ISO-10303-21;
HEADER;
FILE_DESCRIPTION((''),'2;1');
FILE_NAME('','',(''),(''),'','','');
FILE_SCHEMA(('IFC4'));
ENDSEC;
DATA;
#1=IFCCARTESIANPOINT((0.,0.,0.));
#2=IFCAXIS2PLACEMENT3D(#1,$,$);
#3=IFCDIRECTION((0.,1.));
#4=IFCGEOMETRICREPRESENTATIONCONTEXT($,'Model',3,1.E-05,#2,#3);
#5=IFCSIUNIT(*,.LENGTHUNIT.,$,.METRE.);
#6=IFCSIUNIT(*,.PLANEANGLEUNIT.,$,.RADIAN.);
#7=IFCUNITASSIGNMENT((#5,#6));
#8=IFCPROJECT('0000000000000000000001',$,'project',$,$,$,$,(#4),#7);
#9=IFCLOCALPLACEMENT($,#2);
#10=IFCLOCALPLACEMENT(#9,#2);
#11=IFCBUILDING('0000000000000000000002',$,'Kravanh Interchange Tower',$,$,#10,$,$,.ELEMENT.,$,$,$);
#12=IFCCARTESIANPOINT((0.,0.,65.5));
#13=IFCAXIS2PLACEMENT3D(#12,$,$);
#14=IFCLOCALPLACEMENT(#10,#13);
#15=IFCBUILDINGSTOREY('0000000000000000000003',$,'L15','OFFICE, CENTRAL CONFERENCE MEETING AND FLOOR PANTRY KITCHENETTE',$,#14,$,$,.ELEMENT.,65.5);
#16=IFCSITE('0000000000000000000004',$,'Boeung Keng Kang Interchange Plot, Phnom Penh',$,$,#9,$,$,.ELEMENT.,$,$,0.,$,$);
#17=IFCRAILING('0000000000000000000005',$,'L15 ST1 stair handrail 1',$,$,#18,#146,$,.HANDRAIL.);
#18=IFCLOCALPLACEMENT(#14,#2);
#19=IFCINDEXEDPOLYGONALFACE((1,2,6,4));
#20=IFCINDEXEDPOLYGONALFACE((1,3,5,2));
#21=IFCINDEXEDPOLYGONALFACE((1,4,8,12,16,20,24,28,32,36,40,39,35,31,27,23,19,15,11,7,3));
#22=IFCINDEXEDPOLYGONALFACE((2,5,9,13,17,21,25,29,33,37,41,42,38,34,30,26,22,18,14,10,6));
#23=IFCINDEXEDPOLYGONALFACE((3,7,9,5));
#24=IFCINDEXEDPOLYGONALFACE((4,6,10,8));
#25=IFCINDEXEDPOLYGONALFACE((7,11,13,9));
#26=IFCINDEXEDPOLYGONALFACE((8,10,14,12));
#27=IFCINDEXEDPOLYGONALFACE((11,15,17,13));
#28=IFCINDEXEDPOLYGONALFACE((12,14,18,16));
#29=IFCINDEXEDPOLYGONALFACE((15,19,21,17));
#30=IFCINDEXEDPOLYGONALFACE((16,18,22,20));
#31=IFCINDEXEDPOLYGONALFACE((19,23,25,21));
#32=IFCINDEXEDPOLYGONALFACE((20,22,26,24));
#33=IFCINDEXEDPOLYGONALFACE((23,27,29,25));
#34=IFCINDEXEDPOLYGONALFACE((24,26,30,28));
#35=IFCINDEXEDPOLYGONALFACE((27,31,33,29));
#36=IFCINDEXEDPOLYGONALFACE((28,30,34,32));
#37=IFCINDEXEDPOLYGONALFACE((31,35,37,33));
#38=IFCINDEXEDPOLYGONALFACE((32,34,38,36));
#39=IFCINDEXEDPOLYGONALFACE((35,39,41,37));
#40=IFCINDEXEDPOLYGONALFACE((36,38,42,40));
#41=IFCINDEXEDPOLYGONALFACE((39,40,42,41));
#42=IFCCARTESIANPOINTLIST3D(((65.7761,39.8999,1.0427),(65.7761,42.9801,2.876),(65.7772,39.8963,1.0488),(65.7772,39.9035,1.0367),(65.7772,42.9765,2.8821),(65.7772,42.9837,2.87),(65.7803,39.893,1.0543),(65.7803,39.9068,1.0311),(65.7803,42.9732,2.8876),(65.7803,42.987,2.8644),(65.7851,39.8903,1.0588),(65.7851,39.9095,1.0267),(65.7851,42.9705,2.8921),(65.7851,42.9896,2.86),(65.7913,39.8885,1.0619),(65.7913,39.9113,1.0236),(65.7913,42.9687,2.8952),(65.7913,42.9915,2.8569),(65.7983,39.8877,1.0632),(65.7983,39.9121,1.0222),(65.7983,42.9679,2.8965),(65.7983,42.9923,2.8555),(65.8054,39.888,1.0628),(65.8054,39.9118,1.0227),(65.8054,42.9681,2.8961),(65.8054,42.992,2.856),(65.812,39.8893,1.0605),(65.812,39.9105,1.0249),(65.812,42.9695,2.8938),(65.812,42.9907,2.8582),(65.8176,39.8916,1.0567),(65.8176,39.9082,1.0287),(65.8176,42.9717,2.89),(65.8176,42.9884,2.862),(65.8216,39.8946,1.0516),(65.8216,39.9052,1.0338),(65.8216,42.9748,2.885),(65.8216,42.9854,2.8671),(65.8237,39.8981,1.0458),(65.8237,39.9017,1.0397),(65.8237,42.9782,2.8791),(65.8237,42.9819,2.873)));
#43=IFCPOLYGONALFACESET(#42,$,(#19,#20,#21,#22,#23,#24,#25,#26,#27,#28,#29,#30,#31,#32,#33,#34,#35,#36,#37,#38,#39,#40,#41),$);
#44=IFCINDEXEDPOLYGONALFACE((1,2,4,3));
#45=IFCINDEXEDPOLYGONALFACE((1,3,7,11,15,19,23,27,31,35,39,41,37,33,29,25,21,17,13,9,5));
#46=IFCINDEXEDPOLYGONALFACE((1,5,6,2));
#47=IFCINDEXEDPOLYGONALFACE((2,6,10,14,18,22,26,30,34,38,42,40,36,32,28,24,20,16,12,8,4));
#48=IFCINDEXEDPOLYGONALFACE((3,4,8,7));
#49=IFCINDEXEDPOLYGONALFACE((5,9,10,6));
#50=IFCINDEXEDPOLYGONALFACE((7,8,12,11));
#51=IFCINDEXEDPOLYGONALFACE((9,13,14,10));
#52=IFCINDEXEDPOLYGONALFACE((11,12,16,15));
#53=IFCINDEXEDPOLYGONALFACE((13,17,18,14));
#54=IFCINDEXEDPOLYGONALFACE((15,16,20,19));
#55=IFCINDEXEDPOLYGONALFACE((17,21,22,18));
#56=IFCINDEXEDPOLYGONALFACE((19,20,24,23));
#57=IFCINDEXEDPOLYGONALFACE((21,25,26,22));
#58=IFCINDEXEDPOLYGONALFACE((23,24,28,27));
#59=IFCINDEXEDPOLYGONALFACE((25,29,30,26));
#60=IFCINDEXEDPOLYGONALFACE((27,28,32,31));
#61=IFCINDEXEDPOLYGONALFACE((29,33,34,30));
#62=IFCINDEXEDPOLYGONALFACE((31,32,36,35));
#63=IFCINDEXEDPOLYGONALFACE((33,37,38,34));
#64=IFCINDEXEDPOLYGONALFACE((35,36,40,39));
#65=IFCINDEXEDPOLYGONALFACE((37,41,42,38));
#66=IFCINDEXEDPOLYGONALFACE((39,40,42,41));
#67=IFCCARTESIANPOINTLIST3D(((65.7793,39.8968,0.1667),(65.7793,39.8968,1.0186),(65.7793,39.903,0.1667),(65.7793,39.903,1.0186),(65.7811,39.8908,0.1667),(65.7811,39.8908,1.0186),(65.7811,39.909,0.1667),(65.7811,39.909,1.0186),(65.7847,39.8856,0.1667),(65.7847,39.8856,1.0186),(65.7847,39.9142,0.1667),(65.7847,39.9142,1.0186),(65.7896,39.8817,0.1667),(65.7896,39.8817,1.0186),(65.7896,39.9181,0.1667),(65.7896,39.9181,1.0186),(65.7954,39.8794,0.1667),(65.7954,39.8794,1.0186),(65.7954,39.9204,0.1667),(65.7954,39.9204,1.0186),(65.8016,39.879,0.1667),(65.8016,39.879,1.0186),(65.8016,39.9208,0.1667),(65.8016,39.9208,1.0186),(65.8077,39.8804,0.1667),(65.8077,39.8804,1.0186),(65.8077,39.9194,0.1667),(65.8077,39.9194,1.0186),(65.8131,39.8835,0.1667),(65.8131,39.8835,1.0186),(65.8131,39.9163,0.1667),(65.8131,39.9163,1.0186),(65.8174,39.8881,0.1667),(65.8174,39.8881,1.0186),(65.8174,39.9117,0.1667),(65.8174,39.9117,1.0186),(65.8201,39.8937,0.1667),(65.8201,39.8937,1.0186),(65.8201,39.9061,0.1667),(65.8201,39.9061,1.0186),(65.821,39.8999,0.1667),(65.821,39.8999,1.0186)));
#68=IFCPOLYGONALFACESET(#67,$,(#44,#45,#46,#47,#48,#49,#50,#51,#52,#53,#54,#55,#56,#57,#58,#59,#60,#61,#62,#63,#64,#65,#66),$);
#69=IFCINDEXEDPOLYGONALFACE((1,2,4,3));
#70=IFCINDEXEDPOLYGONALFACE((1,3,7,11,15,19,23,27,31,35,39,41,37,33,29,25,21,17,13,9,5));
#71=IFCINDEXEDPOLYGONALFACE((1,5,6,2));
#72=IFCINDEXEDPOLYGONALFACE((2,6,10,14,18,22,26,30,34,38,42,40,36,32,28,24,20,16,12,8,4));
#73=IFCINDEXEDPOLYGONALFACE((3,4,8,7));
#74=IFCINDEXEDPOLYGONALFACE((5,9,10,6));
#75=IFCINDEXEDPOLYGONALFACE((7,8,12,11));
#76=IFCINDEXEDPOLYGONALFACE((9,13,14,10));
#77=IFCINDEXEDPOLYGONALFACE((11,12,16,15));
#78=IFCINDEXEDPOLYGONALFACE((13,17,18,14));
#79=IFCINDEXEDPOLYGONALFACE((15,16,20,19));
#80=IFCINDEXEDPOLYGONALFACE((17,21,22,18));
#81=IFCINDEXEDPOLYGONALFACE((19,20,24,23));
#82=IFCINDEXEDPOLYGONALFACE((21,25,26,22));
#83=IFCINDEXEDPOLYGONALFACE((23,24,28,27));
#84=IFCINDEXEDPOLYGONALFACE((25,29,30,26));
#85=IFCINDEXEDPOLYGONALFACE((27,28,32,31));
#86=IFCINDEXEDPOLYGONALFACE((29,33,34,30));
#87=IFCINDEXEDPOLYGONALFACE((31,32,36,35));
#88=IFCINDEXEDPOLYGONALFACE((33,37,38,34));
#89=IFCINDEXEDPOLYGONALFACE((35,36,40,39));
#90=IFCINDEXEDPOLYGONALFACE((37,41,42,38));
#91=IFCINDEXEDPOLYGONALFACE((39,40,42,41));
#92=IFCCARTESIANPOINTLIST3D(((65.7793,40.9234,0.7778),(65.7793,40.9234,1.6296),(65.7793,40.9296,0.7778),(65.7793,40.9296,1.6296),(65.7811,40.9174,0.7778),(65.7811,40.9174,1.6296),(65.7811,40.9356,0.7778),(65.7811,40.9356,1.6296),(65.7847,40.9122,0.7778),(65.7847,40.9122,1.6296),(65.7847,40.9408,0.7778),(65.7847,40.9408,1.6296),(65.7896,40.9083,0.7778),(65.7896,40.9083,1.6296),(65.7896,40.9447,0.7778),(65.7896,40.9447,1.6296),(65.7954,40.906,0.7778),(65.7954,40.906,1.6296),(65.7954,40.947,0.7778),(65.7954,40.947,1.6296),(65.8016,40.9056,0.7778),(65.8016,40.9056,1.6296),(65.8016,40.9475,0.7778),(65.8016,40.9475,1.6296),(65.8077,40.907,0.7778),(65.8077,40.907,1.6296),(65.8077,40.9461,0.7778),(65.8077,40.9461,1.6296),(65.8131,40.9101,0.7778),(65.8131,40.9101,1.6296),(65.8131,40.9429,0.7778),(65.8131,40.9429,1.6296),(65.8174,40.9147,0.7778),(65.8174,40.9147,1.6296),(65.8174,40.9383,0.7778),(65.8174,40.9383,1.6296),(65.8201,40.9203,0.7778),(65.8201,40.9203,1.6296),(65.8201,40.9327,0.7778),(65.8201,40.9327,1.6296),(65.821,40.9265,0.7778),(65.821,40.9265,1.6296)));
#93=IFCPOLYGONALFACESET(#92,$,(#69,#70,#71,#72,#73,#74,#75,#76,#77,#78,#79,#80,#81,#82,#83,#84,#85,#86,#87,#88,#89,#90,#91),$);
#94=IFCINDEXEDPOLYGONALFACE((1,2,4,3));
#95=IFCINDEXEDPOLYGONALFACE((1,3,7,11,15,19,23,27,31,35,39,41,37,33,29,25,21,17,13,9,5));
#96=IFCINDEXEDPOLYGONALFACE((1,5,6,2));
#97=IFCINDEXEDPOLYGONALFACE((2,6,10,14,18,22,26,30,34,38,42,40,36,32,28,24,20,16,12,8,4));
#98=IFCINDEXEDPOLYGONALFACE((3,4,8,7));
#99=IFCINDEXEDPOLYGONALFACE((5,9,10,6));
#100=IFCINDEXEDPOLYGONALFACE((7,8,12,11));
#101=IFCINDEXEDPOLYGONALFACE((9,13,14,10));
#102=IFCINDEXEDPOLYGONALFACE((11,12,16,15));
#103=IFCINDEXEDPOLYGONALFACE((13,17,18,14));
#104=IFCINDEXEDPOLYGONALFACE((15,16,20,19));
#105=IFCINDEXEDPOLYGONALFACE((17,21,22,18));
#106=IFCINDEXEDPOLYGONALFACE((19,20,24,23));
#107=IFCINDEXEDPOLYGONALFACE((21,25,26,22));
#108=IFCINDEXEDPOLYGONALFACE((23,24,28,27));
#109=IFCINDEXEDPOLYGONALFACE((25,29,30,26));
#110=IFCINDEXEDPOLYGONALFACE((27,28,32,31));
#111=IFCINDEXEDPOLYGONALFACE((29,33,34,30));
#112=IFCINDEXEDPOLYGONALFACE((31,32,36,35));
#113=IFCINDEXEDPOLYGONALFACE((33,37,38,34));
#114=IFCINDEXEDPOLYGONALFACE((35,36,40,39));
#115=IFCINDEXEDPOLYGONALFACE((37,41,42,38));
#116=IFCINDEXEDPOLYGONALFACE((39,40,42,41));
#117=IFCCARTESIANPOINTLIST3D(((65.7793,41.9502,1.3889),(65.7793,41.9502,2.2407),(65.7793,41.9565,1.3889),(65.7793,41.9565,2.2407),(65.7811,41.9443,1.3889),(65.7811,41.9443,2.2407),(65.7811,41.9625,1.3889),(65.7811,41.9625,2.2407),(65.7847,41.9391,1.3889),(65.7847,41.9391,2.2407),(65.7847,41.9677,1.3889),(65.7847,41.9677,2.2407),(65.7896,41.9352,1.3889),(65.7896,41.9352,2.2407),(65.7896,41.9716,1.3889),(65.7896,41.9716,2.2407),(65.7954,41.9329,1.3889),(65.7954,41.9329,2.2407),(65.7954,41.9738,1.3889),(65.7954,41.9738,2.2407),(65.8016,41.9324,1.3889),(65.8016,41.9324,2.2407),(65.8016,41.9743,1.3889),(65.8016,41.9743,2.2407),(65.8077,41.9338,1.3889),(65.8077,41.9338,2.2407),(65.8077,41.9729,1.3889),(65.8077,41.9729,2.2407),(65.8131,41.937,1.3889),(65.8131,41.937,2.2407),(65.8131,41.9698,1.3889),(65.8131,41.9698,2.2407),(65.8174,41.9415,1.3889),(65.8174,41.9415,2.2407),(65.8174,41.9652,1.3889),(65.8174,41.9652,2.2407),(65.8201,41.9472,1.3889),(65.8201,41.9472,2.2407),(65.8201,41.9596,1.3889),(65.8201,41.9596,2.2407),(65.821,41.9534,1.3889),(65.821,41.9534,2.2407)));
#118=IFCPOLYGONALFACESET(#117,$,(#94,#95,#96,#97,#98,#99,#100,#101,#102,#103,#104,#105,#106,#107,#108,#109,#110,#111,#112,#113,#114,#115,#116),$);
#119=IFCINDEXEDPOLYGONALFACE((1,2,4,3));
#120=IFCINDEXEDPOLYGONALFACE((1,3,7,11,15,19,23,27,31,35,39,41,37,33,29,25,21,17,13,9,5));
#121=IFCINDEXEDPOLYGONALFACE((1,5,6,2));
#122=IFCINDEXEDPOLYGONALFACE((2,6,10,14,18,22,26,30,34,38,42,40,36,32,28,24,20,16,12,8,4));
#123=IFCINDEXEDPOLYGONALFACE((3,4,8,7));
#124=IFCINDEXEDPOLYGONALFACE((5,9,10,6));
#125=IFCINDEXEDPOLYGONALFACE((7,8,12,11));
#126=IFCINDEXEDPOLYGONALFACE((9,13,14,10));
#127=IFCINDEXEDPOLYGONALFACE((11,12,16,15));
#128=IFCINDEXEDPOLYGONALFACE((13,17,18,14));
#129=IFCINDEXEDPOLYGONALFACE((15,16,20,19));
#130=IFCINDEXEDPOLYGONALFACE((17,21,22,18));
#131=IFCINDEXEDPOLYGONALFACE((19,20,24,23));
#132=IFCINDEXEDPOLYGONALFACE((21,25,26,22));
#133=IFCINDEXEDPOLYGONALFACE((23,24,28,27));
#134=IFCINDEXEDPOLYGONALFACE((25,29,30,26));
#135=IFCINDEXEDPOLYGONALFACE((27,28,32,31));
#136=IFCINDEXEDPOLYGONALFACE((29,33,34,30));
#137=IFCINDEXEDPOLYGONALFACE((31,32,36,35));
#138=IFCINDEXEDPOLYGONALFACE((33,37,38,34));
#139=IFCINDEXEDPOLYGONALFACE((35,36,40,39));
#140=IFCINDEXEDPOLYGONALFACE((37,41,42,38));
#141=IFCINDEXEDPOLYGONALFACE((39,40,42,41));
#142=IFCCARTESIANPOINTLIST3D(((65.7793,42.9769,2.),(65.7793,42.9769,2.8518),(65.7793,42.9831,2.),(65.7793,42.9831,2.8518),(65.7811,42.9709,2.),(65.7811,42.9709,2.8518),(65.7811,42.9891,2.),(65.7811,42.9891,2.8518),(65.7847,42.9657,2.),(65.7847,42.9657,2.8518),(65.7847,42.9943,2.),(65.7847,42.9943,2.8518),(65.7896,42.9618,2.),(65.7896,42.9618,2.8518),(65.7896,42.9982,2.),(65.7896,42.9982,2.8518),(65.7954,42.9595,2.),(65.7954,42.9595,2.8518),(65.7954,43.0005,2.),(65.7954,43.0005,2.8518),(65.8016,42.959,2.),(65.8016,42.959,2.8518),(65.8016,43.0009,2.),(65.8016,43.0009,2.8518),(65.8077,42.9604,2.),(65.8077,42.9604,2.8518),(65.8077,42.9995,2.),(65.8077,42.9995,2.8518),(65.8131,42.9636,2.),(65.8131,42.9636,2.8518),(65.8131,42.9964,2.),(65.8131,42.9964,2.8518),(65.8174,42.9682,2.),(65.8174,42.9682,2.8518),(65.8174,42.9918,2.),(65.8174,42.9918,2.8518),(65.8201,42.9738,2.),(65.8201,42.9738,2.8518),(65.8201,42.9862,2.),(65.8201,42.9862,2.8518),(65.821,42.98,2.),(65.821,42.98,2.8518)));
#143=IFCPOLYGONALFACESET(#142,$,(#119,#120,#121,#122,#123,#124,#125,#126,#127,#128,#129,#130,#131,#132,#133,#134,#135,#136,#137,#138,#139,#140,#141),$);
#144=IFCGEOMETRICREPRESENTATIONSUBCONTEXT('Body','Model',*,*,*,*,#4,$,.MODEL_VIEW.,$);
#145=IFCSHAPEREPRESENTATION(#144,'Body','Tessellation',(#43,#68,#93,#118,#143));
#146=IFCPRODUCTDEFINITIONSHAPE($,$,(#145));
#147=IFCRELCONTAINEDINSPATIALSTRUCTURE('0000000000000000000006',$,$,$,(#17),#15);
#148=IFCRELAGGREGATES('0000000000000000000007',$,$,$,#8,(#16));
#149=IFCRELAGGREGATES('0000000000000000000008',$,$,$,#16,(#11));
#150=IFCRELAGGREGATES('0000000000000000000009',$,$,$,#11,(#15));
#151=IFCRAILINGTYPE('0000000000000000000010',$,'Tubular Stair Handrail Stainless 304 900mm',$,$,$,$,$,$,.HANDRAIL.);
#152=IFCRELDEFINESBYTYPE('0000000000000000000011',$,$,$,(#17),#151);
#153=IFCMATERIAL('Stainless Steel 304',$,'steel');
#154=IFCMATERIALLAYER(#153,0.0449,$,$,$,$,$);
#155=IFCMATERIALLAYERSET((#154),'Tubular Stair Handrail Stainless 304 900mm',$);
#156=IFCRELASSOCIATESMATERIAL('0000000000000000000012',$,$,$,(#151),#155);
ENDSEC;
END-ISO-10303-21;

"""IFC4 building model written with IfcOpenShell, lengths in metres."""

from ifc_helpers import new_model, si_unit, direction, frame, origin, origin_2d, place, context, subcontext, project, spatial, circle, extrude, material, layer, layer_set, type_object, element, save


model = new_model("IFC4")

# Units and contexts
model_context = context("Model", 3, precision=1e-05, world=origin(), true_north=direction((0.0, 1.0)))
body_context = subcontext(model_context, "Body", "Model", "MODEL_VIEW")
ifc_project = project(units=[si_unit("LENGTHUNIT", "METRE"), si_unit("PLANEANGLEUNIT", "RADIAN")], contexts=[model_context])

# Site, building, storey
site_placement = place(None, origin())
site = spatial("IfcSite", under=ifc_project, at=site_placement, Name="Boeung Keng Kang Interchange Plot, Phnom Penh", CompositionType="ELEMENT", RefElevation=0.0)
building_placement = place(site_placement, origin())
building = spatial("IfcBuilding", under=site, at=building_placement, Name="Kravanh Interchange Tower", CompositionType="ELEMENT")
storey_placement = place(building_placement, frame((0.0, 0.0, 65.5)))
storey = spatial("IfcBuildingStorey", under=building, at=storey_placement, Name="L15", Description="OFFICE, CENTRAL CONFERENCE MEETING AND FLOOR PANTRY KITCHENETTE", CompositionType="ELEMENT", Elevation=65.5)

# Railing
ifc_material_1 = material(Name="Stainless Steel 304", Category="steel")
ifc_layer_1 = layer(ifc_material_1, 0.0449)
ifc_layer_set_1 = layer_set([ifc_layer_1], Name="Tubular Stair Handrail Stainless 304 900mm")
railing_type_1 = type_object("IfcRailingType", Name="Tubular Stair Handrail Stainless 304 900mm", PredefinedType="HANDRAIL", material=ifc_layer_set_1)
railing_1_placement = place(storey_placement, frame((65.8, 39.8999, 0.1667)))
element("IfcRailing", 1, at=railing_1_placement, inside=storey, type_object=railing_type_1, Name="L15 ST1 stair handrail 1", PredefinedType="HANDRAIL", context=body_context, shape_type="SweptSolid", body=[
    extrude(circle(Radius=0.0239, at=origin_2d()), frame((0.0, 0.0, 0.876), z_axis=(0.0, 0.859309, 0.511458), x_axis=(-1.0, 0.0, 0.0)), (0.0, 0.0, 1.0), 3.5845),
    extrude(circle(Radius=0.021, at=origin_2d()), origin(), (0.0, 0.0, 1.0), 0.8518),
    extrude(circle(Radius=0.021, at=origin_2d()), frame((0.0, 1.0266, 0.6111)), (0.0, 0.0, 1.0), 0.8518),
    extrude(circle(Radius=0.021, at=origin_2d()), frame((0.0, 2.0535, 1.2222)), (0.0, 0.0, 1.0), 0.8518),
    extrude(circle(Radius=0.021, at=origin_2d()), frame((0.0, 3.0801, 1.8333)), (0.0, 0.0, 1.0), 0.8518),
])

save(model, "model.ifc")
